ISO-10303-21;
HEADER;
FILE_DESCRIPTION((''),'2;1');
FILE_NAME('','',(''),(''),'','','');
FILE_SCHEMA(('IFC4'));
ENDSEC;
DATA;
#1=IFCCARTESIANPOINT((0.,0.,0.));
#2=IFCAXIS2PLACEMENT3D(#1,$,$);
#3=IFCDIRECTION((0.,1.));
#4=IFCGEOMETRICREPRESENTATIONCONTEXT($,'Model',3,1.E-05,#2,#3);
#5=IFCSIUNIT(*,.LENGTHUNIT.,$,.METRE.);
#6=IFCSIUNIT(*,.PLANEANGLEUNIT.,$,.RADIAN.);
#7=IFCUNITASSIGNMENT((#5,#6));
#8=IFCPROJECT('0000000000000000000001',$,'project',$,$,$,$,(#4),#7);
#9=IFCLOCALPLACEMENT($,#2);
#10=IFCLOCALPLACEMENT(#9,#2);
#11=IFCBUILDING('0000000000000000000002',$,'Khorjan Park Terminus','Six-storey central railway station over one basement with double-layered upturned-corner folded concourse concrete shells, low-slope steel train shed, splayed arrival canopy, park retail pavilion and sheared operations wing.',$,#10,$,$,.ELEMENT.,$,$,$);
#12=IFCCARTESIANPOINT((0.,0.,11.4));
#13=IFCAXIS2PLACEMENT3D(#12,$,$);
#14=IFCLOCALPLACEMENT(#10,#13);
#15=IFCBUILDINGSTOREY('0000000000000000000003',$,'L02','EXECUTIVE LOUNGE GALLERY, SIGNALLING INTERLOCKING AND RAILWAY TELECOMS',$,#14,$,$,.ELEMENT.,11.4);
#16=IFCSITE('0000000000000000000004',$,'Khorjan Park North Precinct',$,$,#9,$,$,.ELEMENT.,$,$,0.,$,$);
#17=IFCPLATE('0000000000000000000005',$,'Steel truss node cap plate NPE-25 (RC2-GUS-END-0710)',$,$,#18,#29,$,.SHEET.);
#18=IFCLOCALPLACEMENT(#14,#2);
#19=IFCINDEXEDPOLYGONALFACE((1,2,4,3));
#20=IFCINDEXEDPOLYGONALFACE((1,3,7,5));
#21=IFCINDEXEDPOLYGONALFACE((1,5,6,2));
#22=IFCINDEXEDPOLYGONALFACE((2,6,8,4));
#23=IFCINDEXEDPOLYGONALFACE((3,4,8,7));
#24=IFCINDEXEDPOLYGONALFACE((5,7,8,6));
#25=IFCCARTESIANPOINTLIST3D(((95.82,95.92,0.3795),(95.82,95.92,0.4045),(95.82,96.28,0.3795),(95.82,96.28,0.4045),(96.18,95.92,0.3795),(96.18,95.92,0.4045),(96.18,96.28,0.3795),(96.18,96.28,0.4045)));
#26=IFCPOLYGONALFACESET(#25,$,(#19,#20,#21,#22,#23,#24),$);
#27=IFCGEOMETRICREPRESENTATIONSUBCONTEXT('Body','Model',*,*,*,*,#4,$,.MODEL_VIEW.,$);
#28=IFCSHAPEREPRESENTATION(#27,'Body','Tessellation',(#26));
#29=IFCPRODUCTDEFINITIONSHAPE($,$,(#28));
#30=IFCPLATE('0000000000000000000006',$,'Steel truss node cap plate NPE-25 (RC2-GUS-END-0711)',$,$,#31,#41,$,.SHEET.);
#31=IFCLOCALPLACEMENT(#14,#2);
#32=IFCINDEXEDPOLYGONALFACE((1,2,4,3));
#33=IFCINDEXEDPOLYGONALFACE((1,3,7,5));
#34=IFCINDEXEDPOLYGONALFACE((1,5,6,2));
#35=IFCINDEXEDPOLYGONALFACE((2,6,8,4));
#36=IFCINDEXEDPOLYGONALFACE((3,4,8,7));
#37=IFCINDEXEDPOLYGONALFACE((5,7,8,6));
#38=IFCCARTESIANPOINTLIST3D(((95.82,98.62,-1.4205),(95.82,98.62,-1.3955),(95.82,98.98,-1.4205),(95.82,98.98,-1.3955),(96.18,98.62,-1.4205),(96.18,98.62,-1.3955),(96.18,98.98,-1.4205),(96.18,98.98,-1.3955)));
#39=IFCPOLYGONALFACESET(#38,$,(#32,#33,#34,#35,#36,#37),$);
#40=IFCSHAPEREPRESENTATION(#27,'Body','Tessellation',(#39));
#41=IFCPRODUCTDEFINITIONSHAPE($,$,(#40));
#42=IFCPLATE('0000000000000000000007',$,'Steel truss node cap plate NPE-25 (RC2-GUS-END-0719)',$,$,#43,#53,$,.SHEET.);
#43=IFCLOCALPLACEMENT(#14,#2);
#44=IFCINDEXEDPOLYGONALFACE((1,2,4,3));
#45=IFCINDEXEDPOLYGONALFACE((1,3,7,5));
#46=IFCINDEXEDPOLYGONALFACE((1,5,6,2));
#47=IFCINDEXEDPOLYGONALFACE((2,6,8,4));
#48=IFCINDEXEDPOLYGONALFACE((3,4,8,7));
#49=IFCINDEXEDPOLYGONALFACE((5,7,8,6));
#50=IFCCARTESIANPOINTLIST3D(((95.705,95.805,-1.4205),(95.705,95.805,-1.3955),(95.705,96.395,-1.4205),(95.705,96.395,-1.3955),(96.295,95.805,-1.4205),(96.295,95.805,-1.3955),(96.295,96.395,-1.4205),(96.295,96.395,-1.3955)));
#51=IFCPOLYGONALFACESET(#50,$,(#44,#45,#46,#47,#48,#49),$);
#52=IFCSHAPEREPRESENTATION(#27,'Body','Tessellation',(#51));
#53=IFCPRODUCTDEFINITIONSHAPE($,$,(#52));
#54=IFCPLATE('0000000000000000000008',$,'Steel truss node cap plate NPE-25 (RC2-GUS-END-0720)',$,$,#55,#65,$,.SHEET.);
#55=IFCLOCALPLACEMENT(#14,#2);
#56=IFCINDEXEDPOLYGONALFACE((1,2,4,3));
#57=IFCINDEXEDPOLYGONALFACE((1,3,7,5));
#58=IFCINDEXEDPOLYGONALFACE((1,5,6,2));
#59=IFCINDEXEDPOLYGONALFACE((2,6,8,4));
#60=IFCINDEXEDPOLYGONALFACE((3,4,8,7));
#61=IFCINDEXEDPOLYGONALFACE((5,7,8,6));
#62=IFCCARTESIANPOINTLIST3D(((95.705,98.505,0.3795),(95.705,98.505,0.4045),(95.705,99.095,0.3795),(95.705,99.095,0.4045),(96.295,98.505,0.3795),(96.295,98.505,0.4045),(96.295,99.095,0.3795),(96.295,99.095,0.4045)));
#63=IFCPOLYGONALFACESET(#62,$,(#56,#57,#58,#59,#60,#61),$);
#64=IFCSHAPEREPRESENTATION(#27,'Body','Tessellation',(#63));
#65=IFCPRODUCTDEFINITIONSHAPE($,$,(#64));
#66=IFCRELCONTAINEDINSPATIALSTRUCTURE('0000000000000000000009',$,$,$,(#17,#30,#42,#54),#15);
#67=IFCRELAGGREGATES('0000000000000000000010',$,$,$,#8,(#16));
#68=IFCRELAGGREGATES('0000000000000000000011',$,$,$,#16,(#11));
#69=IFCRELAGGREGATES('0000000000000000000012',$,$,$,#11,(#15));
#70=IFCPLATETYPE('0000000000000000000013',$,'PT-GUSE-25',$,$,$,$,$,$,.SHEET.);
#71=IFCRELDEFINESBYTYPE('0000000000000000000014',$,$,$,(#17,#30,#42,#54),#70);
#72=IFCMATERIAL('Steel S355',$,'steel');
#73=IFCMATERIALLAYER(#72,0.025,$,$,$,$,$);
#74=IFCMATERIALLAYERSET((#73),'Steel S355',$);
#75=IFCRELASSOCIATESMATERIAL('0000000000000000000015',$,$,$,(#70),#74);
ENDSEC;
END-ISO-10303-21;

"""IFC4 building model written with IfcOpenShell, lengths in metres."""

from ifc_helpers import new_model, si_unit, direction, frame, origin, origin_2d, place, context, subcontext, project, spatial, rectangle, extrude, material, layer, layer_set, type_object, element, save


model = new_model("IFC4")

# Units and contexts
model_context = context("Model", 3, precision=1e-05, world=origin(), true_north=direction((0.0, 1.0)))
body_context = subcontext(model_context, "Body", "Model", "MODEL_VIEW")
ifc_project = project(units=[si_unit("LENGTHUNIT", "METRE"), si_unit("PLANEANGLEUNIT", "RADIAN")], contexts=[model_context])

# Site, building, storey
site_placement = place(None, origin())
site = spatial("IfcSite", under=ifc_project, at=site_placement, Name="Khorjan Park North Precinct", CompositionType="ELEMENT", RefElevation=0.0)
building_placement = place(site_placement, origin())
building = spatial("IfcBuilding", under=site, at=building_placement, Name="Khorjan Park Terminus", Description="Six-storey central railway station over one basement with double-layered upturned-corner folded concourse concrete shells, low-slope steel train shed, splayed arrival canopy, park retail pavilion and sheared operations wing.", CompositionType="ELEMENT")
storey_placement = place(building_placement, frame((0.0, 0.0, 11.4)))
storey = spatial("IfcBuildingStorey", under=building, at=storey_placement, Name="L02", Description="EXECUTIVE LOUNGE GALLERY, SIGNALLING INTERLOCKING AND RAILWAY TELECOMS", CompositionType="ELEMENT", Elevation=11.4)

# Shared definitions
ifc_material = material(Name="Steel S355", Category="steel")

# Plates
ifc_layer = layer(ifc_material, 0.025)
ifc_layer_set = layer_set([ifc_layer], Name="Steel S355")
plate_type = type_object("IfcPlateType", Name="PT-GUSE-25", PredefinedType="SHEET", material=ifc_layer_set)
for number, where, z_axis, x_axis, name in (
    (1, (96.0, 96.1, 0.3795), (0.0, 0.0, 1.0), (1.0, 0.0, 0.0), "Steel truss node cap plate NPE-25 (RC2-GUS-END-0710)"),
    (2, (96.0, 98.8, -1.4205), (0.0, 0.0, 1.0), (1.0, 0.0, 0.0), "Steel truss node cap plate NPE-25 (RC2-GUS-END-0711)"),
):
    element("IfcPlate", number, at=place(storey_placement, frame(where, z_axis=z_axis, x_axis=x_axis)), inside=storey, type_object=plate_type, Name=name, PredefinedType="SHEET", context=body_context, shape_type="SweptSolid", body=[
        extrude(rectangle(XDim=0.36, YDim=0.36, at=origin_2d()), origin(), (0.0, 0.0, 1.0), 0.025),
    ])
for number, where, z_axis, x_axis, name in (
    (3, (96.0, 96.1, -1.4205), (0.0, 0.0, 1.0), (1.0, 0.0, 0.0), "Steel truss node cap plate NPE-25 (RC2-GUS-END-0719)"),
    (4, (96.0, 98.8, 0.3795), (0.0, 0.0, 1.0), (1.0, 0.0, 0.0), "Steel truss node cap plate NPE-25 (RC2-GUS-END-0720)"),
):
    element("IfcPlate", number, at=place(storey_placement, frame(where, z_axis=z_axis, x_axis=x_axis)), inside=storey, type_object=plate_type, Name=name, PredefinedType="SHEET", context=body_context, shape_type="SweptSolid", body=[
        extrude(rectangle(XDim=0.59, YDim=0.59, at=origin_2d()), origin(), (0.0, 0.0, 1.0), 0.025),
    ])

save(model, "model.ifc")
